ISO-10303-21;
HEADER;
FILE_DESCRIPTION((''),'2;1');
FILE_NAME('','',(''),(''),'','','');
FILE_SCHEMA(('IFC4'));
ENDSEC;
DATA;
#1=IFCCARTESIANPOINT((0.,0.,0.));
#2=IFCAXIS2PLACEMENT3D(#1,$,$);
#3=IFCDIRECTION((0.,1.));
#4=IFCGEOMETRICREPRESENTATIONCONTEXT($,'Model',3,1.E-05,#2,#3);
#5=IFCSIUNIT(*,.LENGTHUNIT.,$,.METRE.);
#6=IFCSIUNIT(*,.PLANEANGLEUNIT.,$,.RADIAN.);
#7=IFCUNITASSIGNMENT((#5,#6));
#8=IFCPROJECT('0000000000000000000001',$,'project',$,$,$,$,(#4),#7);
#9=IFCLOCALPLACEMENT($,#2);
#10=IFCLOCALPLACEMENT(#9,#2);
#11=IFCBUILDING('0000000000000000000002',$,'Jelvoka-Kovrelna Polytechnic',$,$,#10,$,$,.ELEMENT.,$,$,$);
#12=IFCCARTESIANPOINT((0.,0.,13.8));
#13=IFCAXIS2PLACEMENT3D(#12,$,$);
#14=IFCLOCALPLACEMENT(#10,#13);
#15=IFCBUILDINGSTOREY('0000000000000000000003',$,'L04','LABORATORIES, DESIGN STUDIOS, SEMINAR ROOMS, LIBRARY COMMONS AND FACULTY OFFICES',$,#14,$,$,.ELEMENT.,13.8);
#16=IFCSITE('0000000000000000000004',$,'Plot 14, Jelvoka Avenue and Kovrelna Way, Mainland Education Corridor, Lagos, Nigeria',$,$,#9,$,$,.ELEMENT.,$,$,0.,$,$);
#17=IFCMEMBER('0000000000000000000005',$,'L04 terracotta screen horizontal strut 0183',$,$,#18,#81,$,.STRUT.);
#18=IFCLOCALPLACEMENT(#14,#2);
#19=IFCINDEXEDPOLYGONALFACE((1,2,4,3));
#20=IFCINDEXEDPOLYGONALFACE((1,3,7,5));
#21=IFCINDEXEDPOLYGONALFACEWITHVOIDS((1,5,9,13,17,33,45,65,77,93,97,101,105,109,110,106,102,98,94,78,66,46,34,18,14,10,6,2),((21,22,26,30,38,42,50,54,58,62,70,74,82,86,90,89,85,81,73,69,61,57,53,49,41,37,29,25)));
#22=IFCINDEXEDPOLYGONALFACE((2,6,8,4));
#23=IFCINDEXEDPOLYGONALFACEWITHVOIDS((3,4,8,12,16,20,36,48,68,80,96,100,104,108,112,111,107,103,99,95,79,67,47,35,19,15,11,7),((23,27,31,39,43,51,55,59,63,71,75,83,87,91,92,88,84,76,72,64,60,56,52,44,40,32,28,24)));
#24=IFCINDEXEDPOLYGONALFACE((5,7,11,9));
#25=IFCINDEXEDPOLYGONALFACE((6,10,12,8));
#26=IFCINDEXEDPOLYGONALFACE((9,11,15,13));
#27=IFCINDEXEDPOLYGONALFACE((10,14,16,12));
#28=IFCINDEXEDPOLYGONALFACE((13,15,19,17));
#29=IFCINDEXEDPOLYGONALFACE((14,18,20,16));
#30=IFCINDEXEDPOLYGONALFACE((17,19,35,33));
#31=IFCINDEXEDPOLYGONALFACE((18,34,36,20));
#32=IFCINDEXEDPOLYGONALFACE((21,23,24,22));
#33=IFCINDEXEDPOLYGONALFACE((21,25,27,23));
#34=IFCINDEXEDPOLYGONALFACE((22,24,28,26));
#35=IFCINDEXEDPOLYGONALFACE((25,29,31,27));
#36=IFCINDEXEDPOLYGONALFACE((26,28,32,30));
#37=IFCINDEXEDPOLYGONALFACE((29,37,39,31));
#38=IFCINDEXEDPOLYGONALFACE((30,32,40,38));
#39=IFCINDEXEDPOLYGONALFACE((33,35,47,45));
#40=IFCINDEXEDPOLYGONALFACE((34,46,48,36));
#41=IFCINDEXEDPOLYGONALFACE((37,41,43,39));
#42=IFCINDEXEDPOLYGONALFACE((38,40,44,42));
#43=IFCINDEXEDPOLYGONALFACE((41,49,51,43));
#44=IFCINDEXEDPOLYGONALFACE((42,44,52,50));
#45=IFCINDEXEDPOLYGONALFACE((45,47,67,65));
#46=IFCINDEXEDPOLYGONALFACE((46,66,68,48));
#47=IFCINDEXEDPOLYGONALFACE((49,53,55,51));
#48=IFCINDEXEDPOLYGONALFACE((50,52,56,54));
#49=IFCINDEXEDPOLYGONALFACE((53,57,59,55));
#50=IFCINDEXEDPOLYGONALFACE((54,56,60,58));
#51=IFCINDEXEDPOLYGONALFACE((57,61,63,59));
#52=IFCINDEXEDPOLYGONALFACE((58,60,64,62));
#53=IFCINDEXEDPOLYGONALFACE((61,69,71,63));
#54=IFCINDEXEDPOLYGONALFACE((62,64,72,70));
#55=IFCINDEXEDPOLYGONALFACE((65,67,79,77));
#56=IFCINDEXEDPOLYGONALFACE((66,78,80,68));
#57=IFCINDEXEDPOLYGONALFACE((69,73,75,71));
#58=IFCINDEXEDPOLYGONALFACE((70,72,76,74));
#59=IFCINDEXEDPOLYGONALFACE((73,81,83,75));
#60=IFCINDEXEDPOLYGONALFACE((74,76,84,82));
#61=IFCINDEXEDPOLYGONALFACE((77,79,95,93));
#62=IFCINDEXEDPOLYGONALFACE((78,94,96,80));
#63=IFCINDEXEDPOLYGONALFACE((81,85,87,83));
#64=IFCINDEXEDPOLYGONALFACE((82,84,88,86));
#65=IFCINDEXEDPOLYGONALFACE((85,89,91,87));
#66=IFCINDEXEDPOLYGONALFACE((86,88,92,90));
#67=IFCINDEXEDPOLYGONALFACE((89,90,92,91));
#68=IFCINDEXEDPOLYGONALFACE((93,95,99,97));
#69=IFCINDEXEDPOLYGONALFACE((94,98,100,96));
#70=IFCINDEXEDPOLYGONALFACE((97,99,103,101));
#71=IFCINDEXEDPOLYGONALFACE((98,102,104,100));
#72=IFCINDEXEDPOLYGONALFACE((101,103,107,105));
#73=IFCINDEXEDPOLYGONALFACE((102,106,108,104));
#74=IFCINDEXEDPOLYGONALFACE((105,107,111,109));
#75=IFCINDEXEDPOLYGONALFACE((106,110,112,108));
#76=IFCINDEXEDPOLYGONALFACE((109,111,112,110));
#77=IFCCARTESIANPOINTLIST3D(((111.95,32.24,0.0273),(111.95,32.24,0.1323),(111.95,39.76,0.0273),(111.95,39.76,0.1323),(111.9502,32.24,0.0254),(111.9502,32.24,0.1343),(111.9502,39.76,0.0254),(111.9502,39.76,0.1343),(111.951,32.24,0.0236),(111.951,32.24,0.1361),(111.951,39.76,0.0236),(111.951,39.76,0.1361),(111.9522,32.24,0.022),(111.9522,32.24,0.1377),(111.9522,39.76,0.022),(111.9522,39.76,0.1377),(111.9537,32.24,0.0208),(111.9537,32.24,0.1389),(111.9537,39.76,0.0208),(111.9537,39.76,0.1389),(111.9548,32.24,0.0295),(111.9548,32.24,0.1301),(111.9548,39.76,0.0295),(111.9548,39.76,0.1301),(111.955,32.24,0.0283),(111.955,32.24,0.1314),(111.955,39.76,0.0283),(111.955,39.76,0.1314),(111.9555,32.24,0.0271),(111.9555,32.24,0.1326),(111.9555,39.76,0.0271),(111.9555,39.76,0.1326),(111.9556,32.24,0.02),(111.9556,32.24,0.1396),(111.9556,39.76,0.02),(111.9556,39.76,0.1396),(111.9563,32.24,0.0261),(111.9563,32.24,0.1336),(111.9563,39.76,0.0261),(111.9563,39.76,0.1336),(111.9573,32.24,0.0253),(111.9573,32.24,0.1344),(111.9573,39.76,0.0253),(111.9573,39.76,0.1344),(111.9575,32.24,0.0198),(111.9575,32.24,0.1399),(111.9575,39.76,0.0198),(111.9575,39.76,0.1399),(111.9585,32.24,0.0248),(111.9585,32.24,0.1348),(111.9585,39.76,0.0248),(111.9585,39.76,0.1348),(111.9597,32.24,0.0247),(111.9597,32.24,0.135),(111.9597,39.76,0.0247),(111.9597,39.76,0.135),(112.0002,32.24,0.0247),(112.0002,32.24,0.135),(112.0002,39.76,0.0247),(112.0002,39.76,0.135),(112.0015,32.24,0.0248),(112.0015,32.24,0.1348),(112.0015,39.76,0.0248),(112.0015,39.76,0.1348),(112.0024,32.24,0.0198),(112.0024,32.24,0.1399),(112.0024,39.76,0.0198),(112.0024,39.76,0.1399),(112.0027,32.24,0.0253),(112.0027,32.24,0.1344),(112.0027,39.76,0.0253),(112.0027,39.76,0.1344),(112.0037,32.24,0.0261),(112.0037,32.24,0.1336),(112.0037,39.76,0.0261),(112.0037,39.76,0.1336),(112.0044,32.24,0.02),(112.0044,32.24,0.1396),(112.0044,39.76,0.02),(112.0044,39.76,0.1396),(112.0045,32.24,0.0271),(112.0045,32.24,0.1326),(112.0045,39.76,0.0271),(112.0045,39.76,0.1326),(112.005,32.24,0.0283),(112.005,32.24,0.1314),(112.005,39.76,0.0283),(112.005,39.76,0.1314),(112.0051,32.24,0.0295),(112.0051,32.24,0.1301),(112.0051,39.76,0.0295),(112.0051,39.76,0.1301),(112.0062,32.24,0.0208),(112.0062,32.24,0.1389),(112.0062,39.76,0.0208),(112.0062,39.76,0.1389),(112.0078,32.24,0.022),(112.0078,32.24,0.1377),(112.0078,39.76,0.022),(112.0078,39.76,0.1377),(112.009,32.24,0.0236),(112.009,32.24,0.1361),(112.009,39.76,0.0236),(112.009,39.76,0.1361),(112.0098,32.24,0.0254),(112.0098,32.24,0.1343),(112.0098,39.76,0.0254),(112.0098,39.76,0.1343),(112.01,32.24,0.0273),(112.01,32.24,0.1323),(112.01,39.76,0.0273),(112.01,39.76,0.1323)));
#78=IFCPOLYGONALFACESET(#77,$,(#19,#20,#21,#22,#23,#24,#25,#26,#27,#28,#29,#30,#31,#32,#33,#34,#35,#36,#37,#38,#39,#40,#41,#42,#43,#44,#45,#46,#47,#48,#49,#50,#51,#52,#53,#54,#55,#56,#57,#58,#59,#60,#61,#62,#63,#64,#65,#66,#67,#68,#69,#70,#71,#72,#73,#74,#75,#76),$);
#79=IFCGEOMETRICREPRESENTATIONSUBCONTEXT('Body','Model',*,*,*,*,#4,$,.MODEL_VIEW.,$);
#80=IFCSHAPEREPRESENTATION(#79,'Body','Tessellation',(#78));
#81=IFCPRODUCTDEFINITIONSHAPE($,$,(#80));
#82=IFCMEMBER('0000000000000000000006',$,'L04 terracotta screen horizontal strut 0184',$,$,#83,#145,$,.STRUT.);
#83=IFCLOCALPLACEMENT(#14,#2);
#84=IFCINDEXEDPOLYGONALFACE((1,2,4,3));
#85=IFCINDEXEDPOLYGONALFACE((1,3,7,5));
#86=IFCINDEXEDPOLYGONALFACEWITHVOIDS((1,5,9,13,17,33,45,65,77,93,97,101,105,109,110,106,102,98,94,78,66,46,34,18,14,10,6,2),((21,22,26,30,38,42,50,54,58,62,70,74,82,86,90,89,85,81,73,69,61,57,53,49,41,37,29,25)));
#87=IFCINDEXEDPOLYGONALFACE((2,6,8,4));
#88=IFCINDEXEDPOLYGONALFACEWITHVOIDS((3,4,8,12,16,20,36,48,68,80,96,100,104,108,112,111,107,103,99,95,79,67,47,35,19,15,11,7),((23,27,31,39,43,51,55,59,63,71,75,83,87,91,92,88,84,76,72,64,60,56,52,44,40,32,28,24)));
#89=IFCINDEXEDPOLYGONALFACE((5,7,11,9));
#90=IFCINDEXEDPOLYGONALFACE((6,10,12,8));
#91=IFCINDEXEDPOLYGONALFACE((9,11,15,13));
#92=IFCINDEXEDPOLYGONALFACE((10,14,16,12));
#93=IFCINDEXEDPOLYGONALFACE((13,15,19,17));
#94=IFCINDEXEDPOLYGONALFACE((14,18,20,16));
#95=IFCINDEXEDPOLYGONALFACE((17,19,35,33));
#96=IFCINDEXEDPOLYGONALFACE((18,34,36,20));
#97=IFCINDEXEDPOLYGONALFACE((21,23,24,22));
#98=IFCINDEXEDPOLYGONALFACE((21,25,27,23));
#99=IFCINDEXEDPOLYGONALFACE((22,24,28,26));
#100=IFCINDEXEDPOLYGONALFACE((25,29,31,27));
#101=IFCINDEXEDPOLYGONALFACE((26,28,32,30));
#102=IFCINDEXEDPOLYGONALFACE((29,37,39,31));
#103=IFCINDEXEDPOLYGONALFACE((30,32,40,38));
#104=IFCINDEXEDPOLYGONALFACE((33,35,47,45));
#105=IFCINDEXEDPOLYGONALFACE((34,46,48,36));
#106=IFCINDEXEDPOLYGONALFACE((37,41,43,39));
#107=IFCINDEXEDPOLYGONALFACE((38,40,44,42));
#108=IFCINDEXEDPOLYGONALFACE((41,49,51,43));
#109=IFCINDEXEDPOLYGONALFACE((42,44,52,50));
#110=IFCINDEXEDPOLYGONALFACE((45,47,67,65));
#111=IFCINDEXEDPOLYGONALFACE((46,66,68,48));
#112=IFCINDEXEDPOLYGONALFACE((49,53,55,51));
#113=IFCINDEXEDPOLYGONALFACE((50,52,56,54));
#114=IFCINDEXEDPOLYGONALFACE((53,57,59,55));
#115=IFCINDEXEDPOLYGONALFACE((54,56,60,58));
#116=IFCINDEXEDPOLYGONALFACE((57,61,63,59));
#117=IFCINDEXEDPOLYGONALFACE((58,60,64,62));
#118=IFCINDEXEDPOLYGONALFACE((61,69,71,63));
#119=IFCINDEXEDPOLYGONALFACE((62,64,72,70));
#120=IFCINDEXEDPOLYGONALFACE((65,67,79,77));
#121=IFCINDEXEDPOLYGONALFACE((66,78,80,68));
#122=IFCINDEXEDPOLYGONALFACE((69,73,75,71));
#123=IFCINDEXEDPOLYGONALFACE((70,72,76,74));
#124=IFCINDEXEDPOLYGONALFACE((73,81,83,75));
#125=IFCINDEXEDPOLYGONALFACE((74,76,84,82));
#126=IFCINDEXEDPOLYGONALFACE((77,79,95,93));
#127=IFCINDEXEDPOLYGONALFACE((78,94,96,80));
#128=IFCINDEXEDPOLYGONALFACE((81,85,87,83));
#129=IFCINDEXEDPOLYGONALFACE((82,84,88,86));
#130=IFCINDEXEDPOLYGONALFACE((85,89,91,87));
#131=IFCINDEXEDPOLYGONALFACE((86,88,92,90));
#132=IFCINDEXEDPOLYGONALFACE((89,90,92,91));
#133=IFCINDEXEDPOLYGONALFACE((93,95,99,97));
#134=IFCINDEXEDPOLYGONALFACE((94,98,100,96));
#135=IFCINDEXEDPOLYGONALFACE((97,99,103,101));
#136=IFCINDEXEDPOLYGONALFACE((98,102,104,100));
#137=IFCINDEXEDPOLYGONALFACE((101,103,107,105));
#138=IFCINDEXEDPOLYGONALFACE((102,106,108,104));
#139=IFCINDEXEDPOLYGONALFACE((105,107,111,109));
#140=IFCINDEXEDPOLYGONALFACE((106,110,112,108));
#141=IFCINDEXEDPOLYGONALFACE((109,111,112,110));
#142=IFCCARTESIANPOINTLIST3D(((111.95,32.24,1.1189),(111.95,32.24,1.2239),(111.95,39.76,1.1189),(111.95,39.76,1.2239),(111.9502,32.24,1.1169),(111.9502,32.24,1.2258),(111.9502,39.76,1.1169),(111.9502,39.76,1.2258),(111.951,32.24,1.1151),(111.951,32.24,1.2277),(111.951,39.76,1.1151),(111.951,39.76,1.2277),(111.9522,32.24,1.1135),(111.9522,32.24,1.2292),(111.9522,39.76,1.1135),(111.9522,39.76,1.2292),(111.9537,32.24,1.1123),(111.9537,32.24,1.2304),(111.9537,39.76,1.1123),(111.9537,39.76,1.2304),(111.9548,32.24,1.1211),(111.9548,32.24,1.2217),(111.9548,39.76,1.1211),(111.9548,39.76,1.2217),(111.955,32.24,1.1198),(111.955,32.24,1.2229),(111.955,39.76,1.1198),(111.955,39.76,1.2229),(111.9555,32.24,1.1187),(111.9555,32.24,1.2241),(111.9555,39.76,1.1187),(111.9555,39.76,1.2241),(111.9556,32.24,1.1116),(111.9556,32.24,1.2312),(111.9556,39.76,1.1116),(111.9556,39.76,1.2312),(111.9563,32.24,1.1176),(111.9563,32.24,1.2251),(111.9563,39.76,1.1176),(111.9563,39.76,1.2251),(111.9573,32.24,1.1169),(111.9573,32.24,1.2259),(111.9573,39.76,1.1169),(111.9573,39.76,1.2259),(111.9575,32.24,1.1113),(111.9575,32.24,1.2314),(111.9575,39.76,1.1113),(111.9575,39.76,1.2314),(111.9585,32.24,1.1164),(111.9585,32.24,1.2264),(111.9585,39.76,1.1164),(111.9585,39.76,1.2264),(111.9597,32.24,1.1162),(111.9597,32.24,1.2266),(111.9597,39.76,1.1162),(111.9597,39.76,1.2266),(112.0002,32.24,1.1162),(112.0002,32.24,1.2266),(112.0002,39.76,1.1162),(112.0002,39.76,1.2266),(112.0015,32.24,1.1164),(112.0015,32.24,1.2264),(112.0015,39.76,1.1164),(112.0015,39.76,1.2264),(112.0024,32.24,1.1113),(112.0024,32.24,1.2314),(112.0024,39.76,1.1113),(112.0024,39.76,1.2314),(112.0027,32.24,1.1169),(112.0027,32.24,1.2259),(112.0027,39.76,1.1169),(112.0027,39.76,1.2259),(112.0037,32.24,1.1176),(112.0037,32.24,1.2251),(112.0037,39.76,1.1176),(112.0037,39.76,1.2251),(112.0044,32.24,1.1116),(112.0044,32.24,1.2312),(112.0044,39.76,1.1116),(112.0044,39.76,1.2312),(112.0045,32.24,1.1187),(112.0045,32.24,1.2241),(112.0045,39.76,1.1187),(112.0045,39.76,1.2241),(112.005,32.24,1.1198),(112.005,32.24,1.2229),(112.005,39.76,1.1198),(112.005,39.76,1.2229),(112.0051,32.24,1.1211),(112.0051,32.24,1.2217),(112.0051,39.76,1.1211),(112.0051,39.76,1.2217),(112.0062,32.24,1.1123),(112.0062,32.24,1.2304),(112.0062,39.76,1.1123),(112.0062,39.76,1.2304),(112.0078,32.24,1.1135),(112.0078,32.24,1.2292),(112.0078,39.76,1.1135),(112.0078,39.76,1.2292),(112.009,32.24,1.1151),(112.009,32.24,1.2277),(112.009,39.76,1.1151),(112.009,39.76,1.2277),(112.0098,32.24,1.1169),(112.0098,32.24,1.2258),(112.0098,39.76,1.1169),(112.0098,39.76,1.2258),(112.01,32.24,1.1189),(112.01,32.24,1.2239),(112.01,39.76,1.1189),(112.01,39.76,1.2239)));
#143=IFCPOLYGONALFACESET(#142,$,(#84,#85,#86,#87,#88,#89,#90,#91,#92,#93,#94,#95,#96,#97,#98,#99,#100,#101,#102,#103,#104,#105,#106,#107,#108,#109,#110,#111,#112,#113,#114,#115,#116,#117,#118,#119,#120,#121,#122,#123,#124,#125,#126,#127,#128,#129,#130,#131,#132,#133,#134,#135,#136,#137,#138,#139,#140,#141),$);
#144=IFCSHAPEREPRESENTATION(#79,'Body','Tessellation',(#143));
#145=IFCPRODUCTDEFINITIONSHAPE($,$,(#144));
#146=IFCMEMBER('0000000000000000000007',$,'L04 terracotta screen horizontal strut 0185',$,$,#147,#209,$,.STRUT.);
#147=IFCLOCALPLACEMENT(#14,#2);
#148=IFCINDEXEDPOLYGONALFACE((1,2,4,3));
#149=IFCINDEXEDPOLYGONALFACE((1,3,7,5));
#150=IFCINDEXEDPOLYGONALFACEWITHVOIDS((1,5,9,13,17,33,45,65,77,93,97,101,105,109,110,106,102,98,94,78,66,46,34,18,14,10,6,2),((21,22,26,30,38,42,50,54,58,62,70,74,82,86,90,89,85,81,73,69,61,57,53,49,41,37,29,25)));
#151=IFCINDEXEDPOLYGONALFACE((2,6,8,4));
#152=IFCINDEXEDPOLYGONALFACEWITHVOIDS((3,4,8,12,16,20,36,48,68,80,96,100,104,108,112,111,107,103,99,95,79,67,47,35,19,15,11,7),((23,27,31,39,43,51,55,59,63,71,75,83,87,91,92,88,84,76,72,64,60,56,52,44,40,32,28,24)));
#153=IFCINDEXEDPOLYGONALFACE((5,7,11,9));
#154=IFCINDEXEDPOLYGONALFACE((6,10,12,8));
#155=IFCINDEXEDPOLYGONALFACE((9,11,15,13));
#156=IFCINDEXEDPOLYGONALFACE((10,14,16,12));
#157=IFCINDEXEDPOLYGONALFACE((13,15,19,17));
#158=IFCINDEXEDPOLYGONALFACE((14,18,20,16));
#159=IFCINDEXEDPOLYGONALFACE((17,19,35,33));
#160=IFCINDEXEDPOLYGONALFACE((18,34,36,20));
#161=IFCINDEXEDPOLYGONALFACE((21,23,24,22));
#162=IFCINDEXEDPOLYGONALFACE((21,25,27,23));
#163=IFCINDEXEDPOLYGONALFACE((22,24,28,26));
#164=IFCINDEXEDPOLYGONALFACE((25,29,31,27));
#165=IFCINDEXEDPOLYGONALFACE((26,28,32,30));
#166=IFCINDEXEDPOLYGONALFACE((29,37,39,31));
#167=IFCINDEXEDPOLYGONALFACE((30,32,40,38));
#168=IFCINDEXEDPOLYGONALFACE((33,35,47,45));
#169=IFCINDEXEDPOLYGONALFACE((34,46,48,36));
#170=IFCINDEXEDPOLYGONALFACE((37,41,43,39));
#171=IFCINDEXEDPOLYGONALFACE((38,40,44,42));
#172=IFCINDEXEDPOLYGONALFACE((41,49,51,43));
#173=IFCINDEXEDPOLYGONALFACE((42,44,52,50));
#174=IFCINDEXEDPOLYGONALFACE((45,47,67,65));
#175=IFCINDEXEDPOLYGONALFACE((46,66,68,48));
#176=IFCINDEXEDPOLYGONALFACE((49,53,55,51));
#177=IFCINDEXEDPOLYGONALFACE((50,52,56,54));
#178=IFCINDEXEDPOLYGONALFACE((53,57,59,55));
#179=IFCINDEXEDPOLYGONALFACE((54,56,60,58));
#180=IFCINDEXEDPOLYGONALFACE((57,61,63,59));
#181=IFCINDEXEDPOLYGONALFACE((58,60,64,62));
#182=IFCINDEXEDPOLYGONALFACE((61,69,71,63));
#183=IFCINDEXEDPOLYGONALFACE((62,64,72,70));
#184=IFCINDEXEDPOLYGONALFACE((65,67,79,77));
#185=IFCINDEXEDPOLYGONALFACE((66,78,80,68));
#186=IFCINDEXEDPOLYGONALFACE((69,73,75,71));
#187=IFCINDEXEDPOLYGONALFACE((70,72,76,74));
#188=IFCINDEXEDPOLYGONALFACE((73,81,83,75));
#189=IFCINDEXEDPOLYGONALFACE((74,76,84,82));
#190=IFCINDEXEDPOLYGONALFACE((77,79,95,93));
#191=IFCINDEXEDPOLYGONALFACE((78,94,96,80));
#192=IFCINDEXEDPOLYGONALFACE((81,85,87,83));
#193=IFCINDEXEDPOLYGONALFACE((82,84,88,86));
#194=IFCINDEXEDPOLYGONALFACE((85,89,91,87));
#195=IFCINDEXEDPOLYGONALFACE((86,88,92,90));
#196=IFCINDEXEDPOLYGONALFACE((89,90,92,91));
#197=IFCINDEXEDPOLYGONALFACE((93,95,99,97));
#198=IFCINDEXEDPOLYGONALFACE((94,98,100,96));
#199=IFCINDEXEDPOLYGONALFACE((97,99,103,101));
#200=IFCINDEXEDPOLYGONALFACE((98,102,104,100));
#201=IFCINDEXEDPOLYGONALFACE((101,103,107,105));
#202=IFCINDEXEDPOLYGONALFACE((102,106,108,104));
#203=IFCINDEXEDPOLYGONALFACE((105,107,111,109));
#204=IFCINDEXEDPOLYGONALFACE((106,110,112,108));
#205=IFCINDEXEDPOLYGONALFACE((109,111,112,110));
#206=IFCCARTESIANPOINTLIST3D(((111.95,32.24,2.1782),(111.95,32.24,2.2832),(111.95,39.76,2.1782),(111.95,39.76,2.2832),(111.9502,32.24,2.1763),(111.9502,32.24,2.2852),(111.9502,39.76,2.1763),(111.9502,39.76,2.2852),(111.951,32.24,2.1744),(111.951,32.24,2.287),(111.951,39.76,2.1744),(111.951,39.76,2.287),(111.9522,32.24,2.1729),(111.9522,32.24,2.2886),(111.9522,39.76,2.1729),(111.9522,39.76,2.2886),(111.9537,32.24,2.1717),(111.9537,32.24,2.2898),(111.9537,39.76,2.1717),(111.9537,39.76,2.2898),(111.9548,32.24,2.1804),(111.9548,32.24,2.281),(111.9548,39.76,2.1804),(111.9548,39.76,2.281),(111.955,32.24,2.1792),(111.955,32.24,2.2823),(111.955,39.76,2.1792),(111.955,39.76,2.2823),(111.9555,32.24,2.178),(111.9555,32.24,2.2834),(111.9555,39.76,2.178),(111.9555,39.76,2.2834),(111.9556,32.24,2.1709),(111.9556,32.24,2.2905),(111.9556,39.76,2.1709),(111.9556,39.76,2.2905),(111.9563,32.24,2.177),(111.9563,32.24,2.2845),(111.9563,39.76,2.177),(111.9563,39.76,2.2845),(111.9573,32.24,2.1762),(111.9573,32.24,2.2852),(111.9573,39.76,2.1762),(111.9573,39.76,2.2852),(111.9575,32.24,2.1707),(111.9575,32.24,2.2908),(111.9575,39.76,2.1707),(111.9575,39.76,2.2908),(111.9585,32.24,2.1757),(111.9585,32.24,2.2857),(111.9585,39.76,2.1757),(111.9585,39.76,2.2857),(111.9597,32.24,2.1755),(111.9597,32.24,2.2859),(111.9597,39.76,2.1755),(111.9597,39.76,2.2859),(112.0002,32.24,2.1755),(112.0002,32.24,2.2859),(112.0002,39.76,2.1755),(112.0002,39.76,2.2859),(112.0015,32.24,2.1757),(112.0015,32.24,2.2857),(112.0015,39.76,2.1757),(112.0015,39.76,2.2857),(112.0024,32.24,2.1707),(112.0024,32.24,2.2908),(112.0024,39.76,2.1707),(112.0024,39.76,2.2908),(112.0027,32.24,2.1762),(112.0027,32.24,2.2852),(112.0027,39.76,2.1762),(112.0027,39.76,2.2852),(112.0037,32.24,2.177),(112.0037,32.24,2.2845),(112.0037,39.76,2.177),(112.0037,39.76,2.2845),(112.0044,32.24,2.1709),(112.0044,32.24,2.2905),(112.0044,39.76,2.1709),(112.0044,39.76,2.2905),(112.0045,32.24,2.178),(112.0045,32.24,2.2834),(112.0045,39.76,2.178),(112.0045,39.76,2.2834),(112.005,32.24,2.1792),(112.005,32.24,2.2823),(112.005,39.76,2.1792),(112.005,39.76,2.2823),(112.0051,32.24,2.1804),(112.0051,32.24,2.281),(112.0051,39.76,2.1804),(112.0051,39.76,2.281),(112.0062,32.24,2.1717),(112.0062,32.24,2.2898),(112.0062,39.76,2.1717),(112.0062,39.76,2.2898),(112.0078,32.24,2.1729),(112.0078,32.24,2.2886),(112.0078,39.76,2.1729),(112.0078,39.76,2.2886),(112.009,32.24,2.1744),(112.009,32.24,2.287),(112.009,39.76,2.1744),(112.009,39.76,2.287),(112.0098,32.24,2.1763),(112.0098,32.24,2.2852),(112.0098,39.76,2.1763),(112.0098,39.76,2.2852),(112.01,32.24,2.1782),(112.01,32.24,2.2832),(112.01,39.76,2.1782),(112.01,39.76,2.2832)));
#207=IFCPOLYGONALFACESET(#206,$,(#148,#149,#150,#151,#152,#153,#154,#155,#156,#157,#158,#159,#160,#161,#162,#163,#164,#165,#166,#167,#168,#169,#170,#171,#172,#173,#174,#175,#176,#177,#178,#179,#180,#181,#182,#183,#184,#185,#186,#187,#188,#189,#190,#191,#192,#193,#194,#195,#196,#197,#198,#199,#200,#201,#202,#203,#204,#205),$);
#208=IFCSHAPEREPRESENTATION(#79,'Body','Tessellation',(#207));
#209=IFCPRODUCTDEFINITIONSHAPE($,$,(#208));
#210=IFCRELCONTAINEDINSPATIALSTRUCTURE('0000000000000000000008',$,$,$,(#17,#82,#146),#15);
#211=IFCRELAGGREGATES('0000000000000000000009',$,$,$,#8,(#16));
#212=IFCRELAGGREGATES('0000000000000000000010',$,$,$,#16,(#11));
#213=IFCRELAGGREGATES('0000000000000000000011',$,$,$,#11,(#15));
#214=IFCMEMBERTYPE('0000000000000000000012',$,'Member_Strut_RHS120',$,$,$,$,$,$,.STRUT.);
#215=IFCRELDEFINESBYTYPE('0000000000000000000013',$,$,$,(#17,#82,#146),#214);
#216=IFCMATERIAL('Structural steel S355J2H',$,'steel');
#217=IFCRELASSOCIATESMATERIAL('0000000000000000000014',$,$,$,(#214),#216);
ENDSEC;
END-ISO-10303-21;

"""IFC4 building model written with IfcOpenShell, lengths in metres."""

from ifc_helpers import new_model, si_unit, direction, frame, origin, origin_2d, place, context, subcontext, project, spatial, hollow_rectangle, extrude, material, material_profile, profile_set, type_object, element, save


model = new_model("IFC4")

# Units and contexts
model_context = context("Model", 3, precision=1e-05, world=origin(), true_north=direction((0.0, 1.0)))
body_context = subcontext(model_context, "Body", "Model", "MODEL_VIEW")
ifc_project = project(units=[si_unit("LENGTHUNIT", "METRE"), si_unit("PLANEANGLEUNIT", "RADIAN")], contexts=[model_context])

# Site, building, storey
site_placement = place(None, origin())
site = spatial("IfcSite", under=ifc_project, at=site_placement, Name="Plot 14, Jelvoka Avenue and Kovrelna Way, Mainland Education Corridor, Lagos, Nigeria", CompositionType="ELEMENT", RefElevation=0.0)
building_placement = place(site_placement, origin())
building = spatial("IfcBuilding", under=site, at=building_placement, Name="Jelvoka-Kovrelna Polytechnic", CompositionType="ELEMENT")
storey_placement = place(building_placement, frame((0.0, 0.0, 13.8)))
storey = spatial("IfcBuildingStorey", under=building, at=storey_placement, Name="L04", Description="LABORATORIES, DESIGN STUDIOS, SEMINAR ROOMS, LIBRARY COMMONS AND FACULTY OFFICES", CompositionType="ELEMENT", Elevation=13.8)

# Members
ifc_material_1 = material(Name="Structural steel S355J2H", Category="steel")
ifc_material_profile_1 = material_profile(ifc_material_1, hollow_rectangle(XDim=0.0601, YDim=0.1201, WallThickness=0.0049, InnerFilletRadius=0.0049, OuterFilletRadius=0.0076, at=origin_2d()), Name="120x60x5.0 RHS")
ifc_profile_set_1 = profile_set([ifc_material_profile_1], Name="Structural steel S355J2H")
member_type_1 = type_object("IfcMemberType", Name="Member_Strut_RHS120", PredefinedType="STRUT", material=ifc_profile_set_1)
for number, where, z_axis, x_axis, name in (
    (1, (111.98, 32.24, 0.0798), (0.0, 1.0, 0.0), (-1.0, 0.0, 0.0), "L04 terracotta screen horizontal strut 0183"),
    (2, (111.98, 32.24, 1.1714), (0.0, 1.0, 0.0), (-1.0, 0.0, 0.0), "L04 terracotta screen horizontal strut 0184"),
    (3, (111.98, 32.24, 2.2307), (0.0, 1.0, 0.0), (-1.0, 0.0, 0.0), "L04 terracotta screen horizontal strut 0185"),
):
    element("IfcMember", number, at=place(storey_placement, frame(where, z_axis=z_axis, x_axis=x_axis)), inside=storey, type_object=member_type_1, Name=name, PredefinedType="STRUT", context=body_context, shape_type="SweptSolid", body=[
        extrude(hollow_rectangle(XDim=0.0601, YDim=0.1201, WallThickness=0.0049, InnerFilletRadius=0.0049, OuterFilletRadius=0.0076, at=origin_2d()), origin(), (0.0, 0.0, 1.0), 7.52),
    ])

save(model, "model.ifc")
